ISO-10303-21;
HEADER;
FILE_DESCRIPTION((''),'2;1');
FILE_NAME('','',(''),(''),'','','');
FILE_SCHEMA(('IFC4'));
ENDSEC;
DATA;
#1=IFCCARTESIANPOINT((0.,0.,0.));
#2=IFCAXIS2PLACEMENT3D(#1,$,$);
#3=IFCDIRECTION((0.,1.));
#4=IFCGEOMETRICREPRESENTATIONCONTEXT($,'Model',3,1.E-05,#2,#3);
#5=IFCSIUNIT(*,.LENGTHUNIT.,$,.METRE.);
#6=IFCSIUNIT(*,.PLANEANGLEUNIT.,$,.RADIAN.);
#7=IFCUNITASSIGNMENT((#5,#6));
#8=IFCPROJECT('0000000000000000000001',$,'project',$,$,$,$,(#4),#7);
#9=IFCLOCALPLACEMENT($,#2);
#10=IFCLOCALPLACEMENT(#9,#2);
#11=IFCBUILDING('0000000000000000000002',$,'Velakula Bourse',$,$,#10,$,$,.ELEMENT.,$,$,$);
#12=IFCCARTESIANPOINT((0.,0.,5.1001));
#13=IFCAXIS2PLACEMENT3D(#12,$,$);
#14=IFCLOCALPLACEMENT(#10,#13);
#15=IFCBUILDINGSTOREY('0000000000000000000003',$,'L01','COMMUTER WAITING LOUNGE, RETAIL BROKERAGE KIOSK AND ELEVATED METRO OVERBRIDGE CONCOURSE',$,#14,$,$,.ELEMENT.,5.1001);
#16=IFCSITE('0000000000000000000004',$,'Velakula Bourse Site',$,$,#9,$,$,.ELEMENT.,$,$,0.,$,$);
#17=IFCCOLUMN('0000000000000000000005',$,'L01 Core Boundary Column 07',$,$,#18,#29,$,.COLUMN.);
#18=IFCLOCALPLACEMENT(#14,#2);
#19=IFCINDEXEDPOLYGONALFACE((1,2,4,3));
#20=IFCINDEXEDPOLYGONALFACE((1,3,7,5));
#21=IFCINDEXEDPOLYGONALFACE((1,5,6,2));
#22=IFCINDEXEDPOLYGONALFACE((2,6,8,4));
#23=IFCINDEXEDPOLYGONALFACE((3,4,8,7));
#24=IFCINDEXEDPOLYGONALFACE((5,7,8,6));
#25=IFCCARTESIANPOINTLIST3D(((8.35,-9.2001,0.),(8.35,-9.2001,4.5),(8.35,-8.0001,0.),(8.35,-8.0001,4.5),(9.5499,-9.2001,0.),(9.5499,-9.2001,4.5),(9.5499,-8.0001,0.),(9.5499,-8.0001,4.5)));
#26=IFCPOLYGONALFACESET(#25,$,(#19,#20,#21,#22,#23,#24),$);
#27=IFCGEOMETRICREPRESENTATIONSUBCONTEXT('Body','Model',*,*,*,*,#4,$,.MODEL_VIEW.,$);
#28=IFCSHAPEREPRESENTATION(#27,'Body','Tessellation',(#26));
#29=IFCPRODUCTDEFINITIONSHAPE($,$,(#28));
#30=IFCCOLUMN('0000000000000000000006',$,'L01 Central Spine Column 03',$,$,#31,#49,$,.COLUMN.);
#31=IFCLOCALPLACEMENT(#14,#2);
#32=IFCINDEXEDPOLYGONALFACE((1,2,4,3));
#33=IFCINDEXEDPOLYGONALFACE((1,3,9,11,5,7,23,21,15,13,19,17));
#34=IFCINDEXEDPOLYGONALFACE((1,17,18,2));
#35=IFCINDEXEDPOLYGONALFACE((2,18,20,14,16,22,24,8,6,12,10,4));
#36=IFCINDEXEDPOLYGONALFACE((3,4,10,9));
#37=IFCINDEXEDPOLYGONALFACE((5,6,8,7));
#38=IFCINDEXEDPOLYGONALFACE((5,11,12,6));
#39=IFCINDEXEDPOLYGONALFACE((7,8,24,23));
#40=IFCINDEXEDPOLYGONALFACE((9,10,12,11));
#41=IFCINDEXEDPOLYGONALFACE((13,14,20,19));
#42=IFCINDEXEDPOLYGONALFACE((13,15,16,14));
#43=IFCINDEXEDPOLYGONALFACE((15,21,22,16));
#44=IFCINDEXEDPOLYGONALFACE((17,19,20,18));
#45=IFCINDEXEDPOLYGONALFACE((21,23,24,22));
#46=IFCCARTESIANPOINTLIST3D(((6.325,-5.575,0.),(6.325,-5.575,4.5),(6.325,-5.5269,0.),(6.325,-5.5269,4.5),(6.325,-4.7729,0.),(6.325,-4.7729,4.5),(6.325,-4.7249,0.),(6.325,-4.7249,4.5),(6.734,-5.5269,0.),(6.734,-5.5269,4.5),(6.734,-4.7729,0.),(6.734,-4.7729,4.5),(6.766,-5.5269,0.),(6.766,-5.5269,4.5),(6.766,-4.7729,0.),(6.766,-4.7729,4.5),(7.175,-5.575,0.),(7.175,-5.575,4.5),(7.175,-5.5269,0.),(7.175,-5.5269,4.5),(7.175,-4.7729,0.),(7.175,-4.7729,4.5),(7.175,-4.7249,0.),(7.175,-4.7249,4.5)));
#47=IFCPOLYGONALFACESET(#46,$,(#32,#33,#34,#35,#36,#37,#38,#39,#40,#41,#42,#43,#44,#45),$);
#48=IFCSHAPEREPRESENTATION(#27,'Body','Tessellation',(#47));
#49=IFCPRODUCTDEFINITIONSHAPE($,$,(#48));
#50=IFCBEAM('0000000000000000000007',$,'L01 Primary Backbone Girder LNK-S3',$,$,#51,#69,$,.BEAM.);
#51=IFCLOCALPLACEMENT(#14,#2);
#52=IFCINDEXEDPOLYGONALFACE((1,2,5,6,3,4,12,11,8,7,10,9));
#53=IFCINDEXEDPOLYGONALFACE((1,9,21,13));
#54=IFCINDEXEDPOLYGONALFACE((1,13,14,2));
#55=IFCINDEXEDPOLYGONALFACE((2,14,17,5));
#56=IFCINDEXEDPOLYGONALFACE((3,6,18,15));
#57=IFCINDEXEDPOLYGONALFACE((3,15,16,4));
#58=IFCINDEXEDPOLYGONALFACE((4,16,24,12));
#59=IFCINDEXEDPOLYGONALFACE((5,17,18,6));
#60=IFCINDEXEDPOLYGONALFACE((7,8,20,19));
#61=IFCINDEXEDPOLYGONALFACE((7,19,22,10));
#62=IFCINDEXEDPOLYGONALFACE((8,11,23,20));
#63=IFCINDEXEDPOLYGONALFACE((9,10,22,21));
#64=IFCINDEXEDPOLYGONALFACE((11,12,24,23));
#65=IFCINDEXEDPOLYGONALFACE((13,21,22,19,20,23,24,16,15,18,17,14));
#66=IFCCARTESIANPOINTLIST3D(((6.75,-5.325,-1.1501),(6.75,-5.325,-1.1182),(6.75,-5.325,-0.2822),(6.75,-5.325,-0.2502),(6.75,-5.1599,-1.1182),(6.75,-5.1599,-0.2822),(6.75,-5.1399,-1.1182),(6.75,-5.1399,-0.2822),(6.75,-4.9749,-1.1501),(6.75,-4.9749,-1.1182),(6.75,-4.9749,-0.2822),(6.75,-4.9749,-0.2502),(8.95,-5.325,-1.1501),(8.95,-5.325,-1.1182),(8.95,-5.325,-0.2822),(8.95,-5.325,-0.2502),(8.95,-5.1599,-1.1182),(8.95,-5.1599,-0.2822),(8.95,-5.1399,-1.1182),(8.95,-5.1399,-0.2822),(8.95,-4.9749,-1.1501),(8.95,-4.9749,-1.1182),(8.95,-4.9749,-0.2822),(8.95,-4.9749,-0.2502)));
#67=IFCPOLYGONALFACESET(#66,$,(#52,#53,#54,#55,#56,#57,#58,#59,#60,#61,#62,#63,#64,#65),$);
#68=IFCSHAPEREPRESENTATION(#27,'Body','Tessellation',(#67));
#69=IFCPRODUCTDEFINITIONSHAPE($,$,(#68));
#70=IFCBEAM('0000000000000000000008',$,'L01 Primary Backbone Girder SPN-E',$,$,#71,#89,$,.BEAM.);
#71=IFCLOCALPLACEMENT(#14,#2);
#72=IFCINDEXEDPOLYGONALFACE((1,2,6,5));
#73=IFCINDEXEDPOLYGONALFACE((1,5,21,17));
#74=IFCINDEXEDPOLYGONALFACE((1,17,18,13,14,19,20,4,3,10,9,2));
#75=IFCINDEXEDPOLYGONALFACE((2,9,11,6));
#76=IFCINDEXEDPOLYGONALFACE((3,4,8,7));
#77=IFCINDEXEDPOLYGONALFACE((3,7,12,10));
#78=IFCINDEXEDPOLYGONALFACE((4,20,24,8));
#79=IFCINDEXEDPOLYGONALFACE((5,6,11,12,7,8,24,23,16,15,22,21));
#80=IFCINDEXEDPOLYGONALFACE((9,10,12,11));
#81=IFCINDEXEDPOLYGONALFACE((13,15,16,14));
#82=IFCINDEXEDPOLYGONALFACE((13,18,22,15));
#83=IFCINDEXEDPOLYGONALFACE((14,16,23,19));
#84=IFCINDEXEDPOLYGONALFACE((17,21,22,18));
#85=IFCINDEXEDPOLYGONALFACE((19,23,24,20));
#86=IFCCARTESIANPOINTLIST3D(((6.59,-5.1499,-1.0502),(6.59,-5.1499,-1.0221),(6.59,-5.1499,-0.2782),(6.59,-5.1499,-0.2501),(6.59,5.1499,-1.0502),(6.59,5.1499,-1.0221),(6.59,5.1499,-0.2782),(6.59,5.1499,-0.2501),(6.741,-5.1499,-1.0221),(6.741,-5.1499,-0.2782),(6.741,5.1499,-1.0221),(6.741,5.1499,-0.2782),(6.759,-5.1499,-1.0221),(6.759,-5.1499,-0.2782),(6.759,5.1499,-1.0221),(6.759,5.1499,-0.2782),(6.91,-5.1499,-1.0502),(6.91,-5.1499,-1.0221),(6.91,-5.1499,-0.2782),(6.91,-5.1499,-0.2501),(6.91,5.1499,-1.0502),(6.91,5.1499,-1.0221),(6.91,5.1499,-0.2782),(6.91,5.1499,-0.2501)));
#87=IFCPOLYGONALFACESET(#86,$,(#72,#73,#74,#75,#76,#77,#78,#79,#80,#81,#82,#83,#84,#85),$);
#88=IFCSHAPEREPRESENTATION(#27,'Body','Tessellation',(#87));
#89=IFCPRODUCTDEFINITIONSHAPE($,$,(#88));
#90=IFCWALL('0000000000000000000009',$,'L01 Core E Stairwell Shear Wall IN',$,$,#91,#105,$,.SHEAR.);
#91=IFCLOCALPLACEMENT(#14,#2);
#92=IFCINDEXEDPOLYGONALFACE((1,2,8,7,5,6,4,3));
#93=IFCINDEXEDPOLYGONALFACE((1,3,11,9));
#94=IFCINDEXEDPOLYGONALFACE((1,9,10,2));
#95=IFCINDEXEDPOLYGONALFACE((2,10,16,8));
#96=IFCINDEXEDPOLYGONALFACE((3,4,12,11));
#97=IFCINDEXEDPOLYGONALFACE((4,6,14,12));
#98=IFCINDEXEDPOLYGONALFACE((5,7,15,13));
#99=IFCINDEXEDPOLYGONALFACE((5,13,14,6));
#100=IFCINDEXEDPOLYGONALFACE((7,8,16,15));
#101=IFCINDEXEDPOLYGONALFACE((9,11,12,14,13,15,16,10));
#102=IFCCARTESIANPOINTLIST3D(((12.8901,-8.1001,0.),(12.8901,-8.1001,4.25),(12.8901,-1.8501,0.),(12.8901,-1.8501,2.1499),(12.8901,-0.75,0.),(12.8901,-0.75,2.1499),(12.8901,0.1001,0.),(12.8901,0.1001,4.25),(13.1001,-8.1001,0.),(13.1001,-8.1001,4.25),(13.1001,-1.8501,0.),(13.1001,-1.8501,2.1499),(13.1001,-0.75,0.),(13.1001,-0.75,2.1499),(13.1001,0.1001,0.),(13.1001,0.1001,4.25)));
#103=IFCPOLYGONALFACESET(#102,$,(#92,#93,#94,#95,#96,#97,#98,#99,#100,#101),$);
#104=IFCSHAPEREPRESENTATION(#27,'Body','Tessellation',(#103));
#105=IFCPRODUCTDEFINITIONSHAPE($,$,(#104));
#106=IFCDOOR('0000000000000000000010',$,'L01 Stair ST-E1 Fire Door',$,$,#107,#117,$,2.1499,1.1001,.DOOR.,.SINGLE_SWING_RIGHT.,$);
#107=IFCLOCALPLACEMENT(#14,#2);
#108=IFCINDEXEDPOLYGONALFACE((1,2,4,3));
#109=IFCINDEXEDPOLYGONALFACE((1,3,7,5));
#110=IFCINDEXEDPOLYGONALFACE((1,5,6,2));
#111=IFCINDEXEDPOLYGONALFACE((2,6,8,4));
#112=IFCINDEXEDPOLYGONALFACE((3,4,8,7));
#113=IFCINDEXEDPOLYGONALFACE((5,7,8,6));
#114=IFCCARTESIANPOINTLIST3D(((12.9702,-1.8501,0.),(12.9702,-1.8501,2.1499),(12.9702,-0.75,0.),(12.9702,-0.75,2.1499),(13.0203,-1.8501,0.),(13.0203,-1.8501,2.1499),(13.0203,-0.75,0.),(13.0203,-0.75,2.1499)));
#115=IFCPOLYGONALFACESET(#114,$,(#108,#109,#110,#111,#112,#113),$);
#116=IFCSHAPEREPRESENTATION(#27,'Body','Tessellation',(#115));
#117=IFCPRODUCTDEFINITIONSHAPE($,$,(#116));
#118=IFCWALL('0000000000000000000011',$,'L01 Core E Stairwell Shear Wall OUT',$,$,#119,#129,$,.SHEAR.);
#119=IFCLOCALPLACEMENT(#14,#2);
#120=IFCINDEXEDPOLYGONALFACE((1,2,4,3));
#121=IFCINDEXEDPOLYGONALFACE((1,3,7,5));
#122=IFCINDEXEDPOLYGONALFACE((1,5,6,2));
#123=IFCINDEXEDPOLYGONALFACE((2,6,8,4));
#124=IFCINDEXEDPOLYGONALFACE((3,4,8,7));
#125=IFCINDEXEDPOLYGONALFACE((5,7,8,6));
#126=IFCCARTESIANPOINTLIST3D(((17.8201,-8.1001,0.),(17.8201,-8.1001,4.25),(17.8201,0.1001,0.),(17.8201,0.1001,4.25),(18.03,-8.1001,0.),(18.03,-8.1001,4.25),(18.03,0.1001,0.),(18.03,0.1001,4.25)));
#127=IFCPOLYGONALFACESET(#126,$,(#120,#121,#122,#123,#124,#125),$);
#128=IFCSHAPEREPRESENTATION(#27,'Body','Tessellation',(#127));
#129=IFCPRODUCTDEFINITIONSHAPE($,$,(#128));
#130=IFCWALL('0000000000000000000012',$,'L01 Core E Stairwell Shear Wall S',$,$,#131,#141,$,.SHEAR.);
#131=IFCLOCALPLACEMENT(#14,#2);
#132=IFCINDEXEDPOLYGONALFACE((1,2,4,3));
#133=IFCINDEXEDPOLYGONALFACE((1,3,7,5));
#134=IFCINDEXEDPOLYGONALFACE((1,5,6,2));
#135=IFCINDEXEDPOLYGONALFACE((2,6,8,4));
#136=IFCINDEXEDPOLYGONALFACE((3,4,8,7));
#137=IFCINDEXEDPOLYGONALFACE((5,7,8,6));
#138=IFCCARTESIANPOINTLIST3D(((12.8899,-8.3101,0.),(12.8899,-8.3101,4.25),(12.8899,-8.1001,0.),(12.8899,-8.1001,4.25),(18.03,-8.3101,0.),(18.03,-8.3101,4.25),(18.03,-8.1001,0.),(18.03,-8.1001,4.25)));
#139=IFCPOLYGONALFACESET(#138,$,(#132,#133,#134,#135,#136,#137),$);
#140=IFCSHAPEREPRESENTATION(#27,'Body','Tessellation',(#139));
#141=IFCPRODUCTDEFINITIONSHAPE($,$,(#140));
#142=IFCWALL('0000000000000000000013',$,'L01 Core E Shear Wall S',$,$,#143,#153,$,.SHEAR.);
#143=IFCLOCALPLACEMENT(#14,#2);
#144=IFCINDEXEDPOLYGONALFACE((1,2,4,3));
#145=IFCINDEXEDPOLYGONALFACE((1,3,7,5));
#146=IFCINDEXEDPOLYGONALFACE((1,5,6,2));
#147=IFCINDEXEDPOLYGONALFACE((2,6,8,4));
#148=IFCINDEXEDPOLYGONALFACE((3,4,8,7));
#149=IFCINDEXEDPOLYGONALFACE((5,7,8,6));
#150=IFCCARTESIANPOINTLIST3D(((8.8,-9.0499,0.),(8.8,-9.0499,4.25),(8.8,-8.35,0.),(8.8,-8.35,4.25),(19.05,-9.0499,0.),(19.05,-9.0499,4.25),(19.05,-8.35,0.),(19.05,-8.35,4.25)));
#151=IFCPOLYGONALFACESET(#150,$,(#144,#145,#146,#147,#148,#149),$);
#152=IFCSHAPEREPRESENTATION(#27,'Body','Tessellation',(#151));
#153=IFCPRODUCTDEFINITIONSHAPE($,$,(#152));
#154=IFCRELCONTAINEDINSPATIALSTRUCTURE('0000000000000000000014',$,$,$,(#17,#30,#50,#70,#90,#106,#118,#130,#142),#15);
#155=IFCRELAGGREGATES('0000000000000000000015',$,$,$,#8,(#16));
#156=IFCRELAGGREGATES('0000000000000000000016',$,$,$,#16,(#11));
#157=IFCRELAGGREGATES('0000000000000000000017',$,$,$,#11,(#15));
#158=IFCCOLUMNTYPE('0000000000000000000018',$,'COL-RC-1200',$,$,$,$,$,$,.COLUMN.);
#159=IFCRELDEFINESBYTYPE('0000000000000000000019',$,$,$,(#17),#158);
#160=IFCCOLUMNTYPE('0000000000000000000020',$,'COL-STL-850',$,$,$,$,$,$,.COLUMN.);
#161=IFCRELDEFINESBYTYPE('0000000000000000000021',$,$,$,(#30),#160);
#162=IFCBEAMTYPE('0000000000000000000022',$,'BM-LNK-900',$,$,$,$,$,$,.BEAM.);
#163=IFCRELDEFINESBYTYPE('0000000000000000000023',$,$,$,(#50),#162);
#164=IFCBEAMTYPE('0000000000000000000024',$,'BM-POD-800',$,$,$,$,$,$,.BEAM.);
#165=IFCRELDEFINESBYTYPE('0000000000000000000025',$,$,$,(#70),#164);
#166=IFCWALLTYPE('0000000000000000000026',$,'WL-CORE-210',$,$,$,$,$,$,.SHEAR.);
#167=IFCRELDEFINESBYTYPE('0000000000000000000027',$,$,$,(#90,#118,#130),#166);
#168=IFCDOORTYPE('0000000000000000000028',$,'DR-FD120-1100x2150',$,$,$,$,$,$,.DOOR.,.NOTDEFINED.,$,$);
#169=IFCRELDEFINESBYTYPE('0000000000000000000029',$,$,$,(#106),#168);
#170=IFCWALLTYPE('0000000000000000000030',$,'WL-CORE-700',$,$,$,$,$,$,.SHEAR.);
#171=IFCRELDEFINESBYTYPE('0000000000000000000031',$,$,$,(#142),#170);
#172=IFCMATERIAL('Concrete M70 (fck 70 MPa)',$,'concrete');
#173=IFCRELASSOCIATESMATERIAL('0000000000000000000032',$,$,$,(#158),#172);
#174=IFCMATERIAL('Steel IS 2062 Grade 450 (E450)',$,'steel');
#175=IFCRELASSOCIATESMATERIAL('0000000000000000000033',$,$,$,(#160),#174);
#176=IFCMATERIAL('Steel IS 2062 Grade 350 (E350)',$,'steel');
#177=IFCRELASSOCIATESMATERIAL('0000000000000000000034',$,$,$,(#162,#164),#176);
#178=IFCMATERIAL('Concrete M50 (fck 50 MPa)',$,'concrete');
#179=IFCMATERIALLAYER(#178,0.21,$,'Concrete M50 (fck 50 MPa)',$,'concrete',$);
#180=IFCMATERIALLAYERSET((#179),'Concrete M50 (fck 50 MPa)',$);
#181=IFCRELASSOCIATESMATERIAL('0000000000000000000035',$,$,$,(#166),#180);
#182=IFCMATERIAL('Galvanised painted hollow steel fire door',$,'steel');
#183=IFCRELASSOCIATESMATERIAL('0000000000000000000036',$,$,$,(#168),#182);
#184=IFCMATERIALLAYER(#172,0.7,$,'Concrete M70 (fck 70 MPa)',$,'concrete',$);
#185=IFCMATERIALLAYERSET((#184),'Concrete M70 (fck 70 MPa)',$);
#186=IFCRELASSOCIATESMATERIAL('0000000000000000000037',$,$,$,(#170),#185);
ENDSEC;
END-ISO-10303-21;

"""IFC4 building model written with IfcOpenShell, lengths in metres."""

from ifc_helpers import new_model, si_unit, direction, frame, frame_2d, origin, origin_2d, place, context, subcontext, project, spatial, rectangle, i_section, extrude, material, layer, layer_set, material_profile, profile_set, type_object, element, fill, save


model = new_model("IFC4")

# Units and contexts
model_context = context("Model", 3, precision=1e-05, world=origin(), true_north=direction((0.0, 1.0)))
body_context = subcontext(model_context, "Body", "Model", "MODEL_VIEW")
ifc_project = project(units=[si_unit("LENGTHUNIT", "METRE"), si_unit("PLANEANGLEUNIT", "RADIAN")], contexts=[model_context])

# Site, building, storey
site_placement = place(None, origin())
site = spatial("IfcSite", under=ifc_project, at=site_placement, Name="Velakula Bourse Site", CompositionType="ELEMENT", RefElevation=0.0)
building_placement = place(site_placement, origin())
building = spatial("IfcBuilding", under=site, at=building_placement, Name="Velakula Bourse", CompositionType="ELEMENT")
storey_placement = place(building_placement, frame((0.0, 0.0, 5.1001)))
storey = spatial("IfcBuildingStorey", under=building, at=storey_placement, Name="L01", Description="COMMUTER WAITING LOUNGE, RETAIL BROKERAGE KIOSK AND ELEVATED METRO OVERBRIDGE CONCOURSE", CompositionType="ELEMENT", Elevation=5.1001)

# Columns
ifc_material_1 = material(Name="Concrete M70 (fck 70 MPa)", Category="concrete")
ifc_material_profile_1 = material_profile(ifc_material_1, rectangle(XDim=1.2, YDim=1.2, at=origin_2d()), Name="Concrete M70 (fck 70 MPa)")
ifc_profile_set_1 = profile_set([ifc_material_profile_1], Name="Concrete M70 (fck 70 MPa)")
column_type_1 = type_object("IfcColumnType", Name="COL-RC-1200", PredefinedType="COLUMN", material=ifc_profile_set_1)
column_1_placement = place(storey_placement, frame((8.95, -8.6001, 0.0), z_axis=(0.0, 0.0, 1.0), x_axis=(1.0, 0.0, 0.0)))
element("IfcColumn", 1, at=column_1_placement, inside=storey, type_object=column_type_1, Name="L01 Core Boundary Column 07", PredefinedType="COLUMN", context=body_context, shape_type="SweptSolid", body=[
    extrude(rectangle(XDim=1.2, YDim=1.2, at=origin_2d()), origin(), (0.0, 0.0, 1.0), 4.5),
])
ifc_material_2 = material(Name="Steel IS 2062 Grade 450 (E450)", Category="steel")
ifc_material_profile_2 = material_profile(ifc_material_2, i_section(OverallWidth=0.8501, OverallDepth=0.8501, WebThickness=0.032, FlangeThickness=0.0481, at=origin_2d()), Name="Steel IS 2062 Grade 450 (E450)")
ifc_profile_set_2 = profile_set([ifc_material_profile_2], Name="Steel IS 2062 Grade 450 (E450)")
column_type_2 = type_object("IfcColumnType", Name="COL-STL-850", PredefinedType="COLUMN", material=ifc_profile_set_2)
column_2_placement = place(storey_placement, frame((6.75, -5.1499, 0.0), z_axis=(0.0, 0.0, 1.0), x_axis=(1.0, 0.0, 0.0)))
element("IfcColumn", 2, at=column_2_placement, inside=storey, type_object=column_type_2, Name="L01 Central Spine Column 03", PredefinedType="COLUMN", context=body_context, shape_type="SweptSolid", body=[
    extrude(i_section(OverallWidth=0.8501, OverallDepth=0.8501, WebThickness=0.032, FlangeThickness=0.0481, at=origin_2d()), origin(), (0.0, 0.0, 1.0), 4.5),
])

# Beams
ifc_material_3 = material(Name="Steel IS 2062 Grade 350 (E350)", Category="steel")
ifc_material_profile_3 = material_profile(ifc_material_3, i_section(OverallWidth=0.3501, OverallDepth=0.8999, WebThickness=0.02, FlangeThickness=0.032, at=origin_2d()), Name="Steel IS 2062 Grade 350 (E350)")
ifc_profile_set_3 = profile_set([ifc_material_profile_3], Name="Steel IS 2062 Grade 350 (E350)")
beam_type_1 = type_object("IfcBeamType", Name="BM-LNK-900", PredefinedType="BEAM", material=ifc_profile_set_3)
beam_1_placement = place(storey_placement, frame((6.75, -5.1499, -0.7002), z_axis=(1.0, 0.0, 0.0), x_axis=(0.0, 1.0, 0.0)))
element("IfcBeam", 3, at=beam_1_placement, inside=storey, type_object=beam_type_1, Name="L01 Primary Backbone Girder LNK-S3", PredefinedType="BEAM", context=body_context, shape_type="SweptSolid", body=[
    extrude(i_section(OverallWidth=0.3501, OverallDepth=0.8999, WebThickness=0.02, FlangeThickness=0.032, at=origin_2d()), origin(), (0.0, 0.0, 1.0), 2.2),
])
ifc_material_profile_4 = material_profile(ifc_material_3, i_section(OverallWidth=0.3201, OverallDepth=0.8, WebThickness=0.0181, FlangeThickness=0.0281, at=origin_2d()), Name="Steel IS 2062 Grade 350 (E350)")
ifc_profile_set_4 = profile_set([ifc_material_profile_4], Name="Steel IS 2062 Grade 350 (E350)")
beam_type_2 = type_object("IfcBeamType", Name="BM-POD-800", PredefinedType="BEAM", material=ifc_profile_set_4)
beam_2_placement = place(storey_placement, frame((6.75, -5.1499, -0.6501), z_axis=(0.0, 1.0, 0.0), x_axis=(-1.0, 0.0, 0.0)))
element("IfcBeam", 4, at=beam_2_placement, inside=storey, type_object=beam_type_2, Name="L01 Primary Backbone Girder SPN-E", PredefinedType="BEAM", context=body_context, shape_type="SweptSolid", body=[
    extrude(i_section(OverallWidth=0.3201, OverallDepth=0.8, WebThickness=0.0181, FlangeThickness=0.0281, at=origin_2d()), origin(), (0.0, 0.0, 1.0), 10.2998),
])

# Wall, opening, door
ifc_material_4 = material(Name="Concrete M50 (fck 50 MPa)", Category="concrete")
ifc_layer_1 = layer(ifc_material_4, 0.21, Name="Concrete M50 (fck 50 MPa)", Category="concrete")
ifc_layer_set_1 = layer_set([ifc_layer_1], Name="Concrete M50 (fck 50 MPa)")
wall_type_1 = type_object("IfcWallType", Name="WL-CORE-210", PredefinedType="SHEAR", material=ifc_layer_set_1)
wall_1_placement = place(storey_placement, frame((12.9951, -8.1001, 0.0), z_axis=(0.0, 0.0, 1.0), x_axis=(0.0, 1.0, 0.0)))
wall_1 = element("IfcWall", 5, at=wall_1_placement, inside=storey, type_object=wall_type_1, Name="L01 Core E Stairwell Shear Wall IN", PredefinedType="SHEAR", context=body_context, shape_type="SweptSolid", body=[
    extrude(rectangle(XDim=8.2002, YDim=0.21, at=frame_2d((4.1001, 0.0))), origin(), (0.0, 0.0, 1.0), 4.25),
])
opening_1_placement = place(wall_1_placement, frame((6.25, 0.0, 0.0)))
opening_1 = element("IfcOpeningElement", 6, at=opening_1_placement, cuts=wall_1, PredefinedType="OPENING", context=body_context, shape_type="SweptSolid", body=[
    extrude(rectangle(XDim=1.1001, YDim=2.1499, at=frame_2d((0.55, 1.075))), frame((0.0, 0.115, 0.0), z_axis=(0.0, -1.0, 0.0), x_axis=(1.0, 0.0, 0.0)), (0.0, 0.0, 1.0), 0.23),
])
ifc_material_5 = material(Name="Galvanised painted hollow steel fire door", Category="steel")
door_type_1 = type_object("IfcDoorType", Name="DR-FD120-1100x2150", OperationType="NOTDEFINED", PredefinedType="DOOR", material=ifc_material_5)
door_1_placement = place(opening_1_placement, origin())
door_1 = element("IfcDoor", 7, at=door_1_placement, inside=storey, type_object=door_type_1, Name="L01 Stair ST-E1 Fire Door", OperationType="SINGLE_SWING_RIGHT", OverallHeight=2.1499, OverallWidth=1.1001, PredefinedType="DOOR", context=body_context, shape_type="SweptSolid", body=[
    extrude(rectangle(XDim=1.1001, YDim=2.1499, at=frame_2d((0.55, 1.075))), frame((0.0, 0.0249, 0.0), z_axis=(0.0, -1.0, 0.0), x_axis=(1.0, 0.0, 0.0)), (0.0, 0.0, 1.0), 0.05),
])
fill(opening_1, door_1)

# Walls
wall_2_placement = place(storey_placement, frame((17.925, -8.1001, 0.0), z_axis=(0.0, 0.0, 1.0), x_axis=(0.0, 1.0, 0.0)))
element("IfcWall", 8, at=wall_2_placement, inside=storey, type_object=wall_type_1, Name="L01 Core E Stairwell Shear Wall OUT", PredefinedType="SHEAR", context=body_context, shape_type="SweptSolid", body=[
    extrude(rectangle(XDim=8.2002, YDim=0.21, at=frame_2d((4.1001, 0.0))), origin(), (0.0, 0.0, 1.0), 4.25),
])
wall_3_placement = place(storey_placement, frame((12.8899, -8.2051, 0.0), z_axis=(0.0, 0.0, 1.0), x_axis=(1.0, 0.0, 0.0)))
element("IfcWall", 9, at=wall_3_placement, inside=storey, type_object=wall_type_1, Name="L01 Core E Stairwell Shear Wall S", PredefinedType="SHEAR", context=body_context, shape_type="SweptSolid", body=[
    extrude(rectangle(XDim=5.1401, YDim=0.21, at=frame_2d((2.5701, 0.0))), origin(), (0.0, 0.0, 1.0), 4.25),
])
ifc_layer_2 = layer(ifc_material_1, 0.7, Name="Concrete M70 (fck 70 MPa)", Category="concrete")
ifc_layer_set_2 = layer_set([ifc_layer_2], Name="Concrete M70 (fck 70 MPa)")
wall_type_2 = type_object("IfcWallType", Name="WL-CORE-700", PredefinedType="SHEAR", material=ifc_layer_set_2)
wall_4_placement = place(storey_placement, frame((8.8, -8.7, 0.0), z_axis=(0.0, 0.0, 1.0), x_axis=(1.0, 0.0, 0.0)))
element("IfcWall", 10, at=wall_4_placement, inside=storey, type_object=wall_type_2, Name="L01 Core E Shear Wall S", PredefinedType="SHEAR", context=body_context, shape_type="SweptSolid", body=[
    extrude(rectangle(XDim=10.25, YDim=0.7, at=frame_2d((5.125, 0.0))), origin(), (0.0, 0.0, 1.0), 4.25),
])

save(model, "model.ifc")
